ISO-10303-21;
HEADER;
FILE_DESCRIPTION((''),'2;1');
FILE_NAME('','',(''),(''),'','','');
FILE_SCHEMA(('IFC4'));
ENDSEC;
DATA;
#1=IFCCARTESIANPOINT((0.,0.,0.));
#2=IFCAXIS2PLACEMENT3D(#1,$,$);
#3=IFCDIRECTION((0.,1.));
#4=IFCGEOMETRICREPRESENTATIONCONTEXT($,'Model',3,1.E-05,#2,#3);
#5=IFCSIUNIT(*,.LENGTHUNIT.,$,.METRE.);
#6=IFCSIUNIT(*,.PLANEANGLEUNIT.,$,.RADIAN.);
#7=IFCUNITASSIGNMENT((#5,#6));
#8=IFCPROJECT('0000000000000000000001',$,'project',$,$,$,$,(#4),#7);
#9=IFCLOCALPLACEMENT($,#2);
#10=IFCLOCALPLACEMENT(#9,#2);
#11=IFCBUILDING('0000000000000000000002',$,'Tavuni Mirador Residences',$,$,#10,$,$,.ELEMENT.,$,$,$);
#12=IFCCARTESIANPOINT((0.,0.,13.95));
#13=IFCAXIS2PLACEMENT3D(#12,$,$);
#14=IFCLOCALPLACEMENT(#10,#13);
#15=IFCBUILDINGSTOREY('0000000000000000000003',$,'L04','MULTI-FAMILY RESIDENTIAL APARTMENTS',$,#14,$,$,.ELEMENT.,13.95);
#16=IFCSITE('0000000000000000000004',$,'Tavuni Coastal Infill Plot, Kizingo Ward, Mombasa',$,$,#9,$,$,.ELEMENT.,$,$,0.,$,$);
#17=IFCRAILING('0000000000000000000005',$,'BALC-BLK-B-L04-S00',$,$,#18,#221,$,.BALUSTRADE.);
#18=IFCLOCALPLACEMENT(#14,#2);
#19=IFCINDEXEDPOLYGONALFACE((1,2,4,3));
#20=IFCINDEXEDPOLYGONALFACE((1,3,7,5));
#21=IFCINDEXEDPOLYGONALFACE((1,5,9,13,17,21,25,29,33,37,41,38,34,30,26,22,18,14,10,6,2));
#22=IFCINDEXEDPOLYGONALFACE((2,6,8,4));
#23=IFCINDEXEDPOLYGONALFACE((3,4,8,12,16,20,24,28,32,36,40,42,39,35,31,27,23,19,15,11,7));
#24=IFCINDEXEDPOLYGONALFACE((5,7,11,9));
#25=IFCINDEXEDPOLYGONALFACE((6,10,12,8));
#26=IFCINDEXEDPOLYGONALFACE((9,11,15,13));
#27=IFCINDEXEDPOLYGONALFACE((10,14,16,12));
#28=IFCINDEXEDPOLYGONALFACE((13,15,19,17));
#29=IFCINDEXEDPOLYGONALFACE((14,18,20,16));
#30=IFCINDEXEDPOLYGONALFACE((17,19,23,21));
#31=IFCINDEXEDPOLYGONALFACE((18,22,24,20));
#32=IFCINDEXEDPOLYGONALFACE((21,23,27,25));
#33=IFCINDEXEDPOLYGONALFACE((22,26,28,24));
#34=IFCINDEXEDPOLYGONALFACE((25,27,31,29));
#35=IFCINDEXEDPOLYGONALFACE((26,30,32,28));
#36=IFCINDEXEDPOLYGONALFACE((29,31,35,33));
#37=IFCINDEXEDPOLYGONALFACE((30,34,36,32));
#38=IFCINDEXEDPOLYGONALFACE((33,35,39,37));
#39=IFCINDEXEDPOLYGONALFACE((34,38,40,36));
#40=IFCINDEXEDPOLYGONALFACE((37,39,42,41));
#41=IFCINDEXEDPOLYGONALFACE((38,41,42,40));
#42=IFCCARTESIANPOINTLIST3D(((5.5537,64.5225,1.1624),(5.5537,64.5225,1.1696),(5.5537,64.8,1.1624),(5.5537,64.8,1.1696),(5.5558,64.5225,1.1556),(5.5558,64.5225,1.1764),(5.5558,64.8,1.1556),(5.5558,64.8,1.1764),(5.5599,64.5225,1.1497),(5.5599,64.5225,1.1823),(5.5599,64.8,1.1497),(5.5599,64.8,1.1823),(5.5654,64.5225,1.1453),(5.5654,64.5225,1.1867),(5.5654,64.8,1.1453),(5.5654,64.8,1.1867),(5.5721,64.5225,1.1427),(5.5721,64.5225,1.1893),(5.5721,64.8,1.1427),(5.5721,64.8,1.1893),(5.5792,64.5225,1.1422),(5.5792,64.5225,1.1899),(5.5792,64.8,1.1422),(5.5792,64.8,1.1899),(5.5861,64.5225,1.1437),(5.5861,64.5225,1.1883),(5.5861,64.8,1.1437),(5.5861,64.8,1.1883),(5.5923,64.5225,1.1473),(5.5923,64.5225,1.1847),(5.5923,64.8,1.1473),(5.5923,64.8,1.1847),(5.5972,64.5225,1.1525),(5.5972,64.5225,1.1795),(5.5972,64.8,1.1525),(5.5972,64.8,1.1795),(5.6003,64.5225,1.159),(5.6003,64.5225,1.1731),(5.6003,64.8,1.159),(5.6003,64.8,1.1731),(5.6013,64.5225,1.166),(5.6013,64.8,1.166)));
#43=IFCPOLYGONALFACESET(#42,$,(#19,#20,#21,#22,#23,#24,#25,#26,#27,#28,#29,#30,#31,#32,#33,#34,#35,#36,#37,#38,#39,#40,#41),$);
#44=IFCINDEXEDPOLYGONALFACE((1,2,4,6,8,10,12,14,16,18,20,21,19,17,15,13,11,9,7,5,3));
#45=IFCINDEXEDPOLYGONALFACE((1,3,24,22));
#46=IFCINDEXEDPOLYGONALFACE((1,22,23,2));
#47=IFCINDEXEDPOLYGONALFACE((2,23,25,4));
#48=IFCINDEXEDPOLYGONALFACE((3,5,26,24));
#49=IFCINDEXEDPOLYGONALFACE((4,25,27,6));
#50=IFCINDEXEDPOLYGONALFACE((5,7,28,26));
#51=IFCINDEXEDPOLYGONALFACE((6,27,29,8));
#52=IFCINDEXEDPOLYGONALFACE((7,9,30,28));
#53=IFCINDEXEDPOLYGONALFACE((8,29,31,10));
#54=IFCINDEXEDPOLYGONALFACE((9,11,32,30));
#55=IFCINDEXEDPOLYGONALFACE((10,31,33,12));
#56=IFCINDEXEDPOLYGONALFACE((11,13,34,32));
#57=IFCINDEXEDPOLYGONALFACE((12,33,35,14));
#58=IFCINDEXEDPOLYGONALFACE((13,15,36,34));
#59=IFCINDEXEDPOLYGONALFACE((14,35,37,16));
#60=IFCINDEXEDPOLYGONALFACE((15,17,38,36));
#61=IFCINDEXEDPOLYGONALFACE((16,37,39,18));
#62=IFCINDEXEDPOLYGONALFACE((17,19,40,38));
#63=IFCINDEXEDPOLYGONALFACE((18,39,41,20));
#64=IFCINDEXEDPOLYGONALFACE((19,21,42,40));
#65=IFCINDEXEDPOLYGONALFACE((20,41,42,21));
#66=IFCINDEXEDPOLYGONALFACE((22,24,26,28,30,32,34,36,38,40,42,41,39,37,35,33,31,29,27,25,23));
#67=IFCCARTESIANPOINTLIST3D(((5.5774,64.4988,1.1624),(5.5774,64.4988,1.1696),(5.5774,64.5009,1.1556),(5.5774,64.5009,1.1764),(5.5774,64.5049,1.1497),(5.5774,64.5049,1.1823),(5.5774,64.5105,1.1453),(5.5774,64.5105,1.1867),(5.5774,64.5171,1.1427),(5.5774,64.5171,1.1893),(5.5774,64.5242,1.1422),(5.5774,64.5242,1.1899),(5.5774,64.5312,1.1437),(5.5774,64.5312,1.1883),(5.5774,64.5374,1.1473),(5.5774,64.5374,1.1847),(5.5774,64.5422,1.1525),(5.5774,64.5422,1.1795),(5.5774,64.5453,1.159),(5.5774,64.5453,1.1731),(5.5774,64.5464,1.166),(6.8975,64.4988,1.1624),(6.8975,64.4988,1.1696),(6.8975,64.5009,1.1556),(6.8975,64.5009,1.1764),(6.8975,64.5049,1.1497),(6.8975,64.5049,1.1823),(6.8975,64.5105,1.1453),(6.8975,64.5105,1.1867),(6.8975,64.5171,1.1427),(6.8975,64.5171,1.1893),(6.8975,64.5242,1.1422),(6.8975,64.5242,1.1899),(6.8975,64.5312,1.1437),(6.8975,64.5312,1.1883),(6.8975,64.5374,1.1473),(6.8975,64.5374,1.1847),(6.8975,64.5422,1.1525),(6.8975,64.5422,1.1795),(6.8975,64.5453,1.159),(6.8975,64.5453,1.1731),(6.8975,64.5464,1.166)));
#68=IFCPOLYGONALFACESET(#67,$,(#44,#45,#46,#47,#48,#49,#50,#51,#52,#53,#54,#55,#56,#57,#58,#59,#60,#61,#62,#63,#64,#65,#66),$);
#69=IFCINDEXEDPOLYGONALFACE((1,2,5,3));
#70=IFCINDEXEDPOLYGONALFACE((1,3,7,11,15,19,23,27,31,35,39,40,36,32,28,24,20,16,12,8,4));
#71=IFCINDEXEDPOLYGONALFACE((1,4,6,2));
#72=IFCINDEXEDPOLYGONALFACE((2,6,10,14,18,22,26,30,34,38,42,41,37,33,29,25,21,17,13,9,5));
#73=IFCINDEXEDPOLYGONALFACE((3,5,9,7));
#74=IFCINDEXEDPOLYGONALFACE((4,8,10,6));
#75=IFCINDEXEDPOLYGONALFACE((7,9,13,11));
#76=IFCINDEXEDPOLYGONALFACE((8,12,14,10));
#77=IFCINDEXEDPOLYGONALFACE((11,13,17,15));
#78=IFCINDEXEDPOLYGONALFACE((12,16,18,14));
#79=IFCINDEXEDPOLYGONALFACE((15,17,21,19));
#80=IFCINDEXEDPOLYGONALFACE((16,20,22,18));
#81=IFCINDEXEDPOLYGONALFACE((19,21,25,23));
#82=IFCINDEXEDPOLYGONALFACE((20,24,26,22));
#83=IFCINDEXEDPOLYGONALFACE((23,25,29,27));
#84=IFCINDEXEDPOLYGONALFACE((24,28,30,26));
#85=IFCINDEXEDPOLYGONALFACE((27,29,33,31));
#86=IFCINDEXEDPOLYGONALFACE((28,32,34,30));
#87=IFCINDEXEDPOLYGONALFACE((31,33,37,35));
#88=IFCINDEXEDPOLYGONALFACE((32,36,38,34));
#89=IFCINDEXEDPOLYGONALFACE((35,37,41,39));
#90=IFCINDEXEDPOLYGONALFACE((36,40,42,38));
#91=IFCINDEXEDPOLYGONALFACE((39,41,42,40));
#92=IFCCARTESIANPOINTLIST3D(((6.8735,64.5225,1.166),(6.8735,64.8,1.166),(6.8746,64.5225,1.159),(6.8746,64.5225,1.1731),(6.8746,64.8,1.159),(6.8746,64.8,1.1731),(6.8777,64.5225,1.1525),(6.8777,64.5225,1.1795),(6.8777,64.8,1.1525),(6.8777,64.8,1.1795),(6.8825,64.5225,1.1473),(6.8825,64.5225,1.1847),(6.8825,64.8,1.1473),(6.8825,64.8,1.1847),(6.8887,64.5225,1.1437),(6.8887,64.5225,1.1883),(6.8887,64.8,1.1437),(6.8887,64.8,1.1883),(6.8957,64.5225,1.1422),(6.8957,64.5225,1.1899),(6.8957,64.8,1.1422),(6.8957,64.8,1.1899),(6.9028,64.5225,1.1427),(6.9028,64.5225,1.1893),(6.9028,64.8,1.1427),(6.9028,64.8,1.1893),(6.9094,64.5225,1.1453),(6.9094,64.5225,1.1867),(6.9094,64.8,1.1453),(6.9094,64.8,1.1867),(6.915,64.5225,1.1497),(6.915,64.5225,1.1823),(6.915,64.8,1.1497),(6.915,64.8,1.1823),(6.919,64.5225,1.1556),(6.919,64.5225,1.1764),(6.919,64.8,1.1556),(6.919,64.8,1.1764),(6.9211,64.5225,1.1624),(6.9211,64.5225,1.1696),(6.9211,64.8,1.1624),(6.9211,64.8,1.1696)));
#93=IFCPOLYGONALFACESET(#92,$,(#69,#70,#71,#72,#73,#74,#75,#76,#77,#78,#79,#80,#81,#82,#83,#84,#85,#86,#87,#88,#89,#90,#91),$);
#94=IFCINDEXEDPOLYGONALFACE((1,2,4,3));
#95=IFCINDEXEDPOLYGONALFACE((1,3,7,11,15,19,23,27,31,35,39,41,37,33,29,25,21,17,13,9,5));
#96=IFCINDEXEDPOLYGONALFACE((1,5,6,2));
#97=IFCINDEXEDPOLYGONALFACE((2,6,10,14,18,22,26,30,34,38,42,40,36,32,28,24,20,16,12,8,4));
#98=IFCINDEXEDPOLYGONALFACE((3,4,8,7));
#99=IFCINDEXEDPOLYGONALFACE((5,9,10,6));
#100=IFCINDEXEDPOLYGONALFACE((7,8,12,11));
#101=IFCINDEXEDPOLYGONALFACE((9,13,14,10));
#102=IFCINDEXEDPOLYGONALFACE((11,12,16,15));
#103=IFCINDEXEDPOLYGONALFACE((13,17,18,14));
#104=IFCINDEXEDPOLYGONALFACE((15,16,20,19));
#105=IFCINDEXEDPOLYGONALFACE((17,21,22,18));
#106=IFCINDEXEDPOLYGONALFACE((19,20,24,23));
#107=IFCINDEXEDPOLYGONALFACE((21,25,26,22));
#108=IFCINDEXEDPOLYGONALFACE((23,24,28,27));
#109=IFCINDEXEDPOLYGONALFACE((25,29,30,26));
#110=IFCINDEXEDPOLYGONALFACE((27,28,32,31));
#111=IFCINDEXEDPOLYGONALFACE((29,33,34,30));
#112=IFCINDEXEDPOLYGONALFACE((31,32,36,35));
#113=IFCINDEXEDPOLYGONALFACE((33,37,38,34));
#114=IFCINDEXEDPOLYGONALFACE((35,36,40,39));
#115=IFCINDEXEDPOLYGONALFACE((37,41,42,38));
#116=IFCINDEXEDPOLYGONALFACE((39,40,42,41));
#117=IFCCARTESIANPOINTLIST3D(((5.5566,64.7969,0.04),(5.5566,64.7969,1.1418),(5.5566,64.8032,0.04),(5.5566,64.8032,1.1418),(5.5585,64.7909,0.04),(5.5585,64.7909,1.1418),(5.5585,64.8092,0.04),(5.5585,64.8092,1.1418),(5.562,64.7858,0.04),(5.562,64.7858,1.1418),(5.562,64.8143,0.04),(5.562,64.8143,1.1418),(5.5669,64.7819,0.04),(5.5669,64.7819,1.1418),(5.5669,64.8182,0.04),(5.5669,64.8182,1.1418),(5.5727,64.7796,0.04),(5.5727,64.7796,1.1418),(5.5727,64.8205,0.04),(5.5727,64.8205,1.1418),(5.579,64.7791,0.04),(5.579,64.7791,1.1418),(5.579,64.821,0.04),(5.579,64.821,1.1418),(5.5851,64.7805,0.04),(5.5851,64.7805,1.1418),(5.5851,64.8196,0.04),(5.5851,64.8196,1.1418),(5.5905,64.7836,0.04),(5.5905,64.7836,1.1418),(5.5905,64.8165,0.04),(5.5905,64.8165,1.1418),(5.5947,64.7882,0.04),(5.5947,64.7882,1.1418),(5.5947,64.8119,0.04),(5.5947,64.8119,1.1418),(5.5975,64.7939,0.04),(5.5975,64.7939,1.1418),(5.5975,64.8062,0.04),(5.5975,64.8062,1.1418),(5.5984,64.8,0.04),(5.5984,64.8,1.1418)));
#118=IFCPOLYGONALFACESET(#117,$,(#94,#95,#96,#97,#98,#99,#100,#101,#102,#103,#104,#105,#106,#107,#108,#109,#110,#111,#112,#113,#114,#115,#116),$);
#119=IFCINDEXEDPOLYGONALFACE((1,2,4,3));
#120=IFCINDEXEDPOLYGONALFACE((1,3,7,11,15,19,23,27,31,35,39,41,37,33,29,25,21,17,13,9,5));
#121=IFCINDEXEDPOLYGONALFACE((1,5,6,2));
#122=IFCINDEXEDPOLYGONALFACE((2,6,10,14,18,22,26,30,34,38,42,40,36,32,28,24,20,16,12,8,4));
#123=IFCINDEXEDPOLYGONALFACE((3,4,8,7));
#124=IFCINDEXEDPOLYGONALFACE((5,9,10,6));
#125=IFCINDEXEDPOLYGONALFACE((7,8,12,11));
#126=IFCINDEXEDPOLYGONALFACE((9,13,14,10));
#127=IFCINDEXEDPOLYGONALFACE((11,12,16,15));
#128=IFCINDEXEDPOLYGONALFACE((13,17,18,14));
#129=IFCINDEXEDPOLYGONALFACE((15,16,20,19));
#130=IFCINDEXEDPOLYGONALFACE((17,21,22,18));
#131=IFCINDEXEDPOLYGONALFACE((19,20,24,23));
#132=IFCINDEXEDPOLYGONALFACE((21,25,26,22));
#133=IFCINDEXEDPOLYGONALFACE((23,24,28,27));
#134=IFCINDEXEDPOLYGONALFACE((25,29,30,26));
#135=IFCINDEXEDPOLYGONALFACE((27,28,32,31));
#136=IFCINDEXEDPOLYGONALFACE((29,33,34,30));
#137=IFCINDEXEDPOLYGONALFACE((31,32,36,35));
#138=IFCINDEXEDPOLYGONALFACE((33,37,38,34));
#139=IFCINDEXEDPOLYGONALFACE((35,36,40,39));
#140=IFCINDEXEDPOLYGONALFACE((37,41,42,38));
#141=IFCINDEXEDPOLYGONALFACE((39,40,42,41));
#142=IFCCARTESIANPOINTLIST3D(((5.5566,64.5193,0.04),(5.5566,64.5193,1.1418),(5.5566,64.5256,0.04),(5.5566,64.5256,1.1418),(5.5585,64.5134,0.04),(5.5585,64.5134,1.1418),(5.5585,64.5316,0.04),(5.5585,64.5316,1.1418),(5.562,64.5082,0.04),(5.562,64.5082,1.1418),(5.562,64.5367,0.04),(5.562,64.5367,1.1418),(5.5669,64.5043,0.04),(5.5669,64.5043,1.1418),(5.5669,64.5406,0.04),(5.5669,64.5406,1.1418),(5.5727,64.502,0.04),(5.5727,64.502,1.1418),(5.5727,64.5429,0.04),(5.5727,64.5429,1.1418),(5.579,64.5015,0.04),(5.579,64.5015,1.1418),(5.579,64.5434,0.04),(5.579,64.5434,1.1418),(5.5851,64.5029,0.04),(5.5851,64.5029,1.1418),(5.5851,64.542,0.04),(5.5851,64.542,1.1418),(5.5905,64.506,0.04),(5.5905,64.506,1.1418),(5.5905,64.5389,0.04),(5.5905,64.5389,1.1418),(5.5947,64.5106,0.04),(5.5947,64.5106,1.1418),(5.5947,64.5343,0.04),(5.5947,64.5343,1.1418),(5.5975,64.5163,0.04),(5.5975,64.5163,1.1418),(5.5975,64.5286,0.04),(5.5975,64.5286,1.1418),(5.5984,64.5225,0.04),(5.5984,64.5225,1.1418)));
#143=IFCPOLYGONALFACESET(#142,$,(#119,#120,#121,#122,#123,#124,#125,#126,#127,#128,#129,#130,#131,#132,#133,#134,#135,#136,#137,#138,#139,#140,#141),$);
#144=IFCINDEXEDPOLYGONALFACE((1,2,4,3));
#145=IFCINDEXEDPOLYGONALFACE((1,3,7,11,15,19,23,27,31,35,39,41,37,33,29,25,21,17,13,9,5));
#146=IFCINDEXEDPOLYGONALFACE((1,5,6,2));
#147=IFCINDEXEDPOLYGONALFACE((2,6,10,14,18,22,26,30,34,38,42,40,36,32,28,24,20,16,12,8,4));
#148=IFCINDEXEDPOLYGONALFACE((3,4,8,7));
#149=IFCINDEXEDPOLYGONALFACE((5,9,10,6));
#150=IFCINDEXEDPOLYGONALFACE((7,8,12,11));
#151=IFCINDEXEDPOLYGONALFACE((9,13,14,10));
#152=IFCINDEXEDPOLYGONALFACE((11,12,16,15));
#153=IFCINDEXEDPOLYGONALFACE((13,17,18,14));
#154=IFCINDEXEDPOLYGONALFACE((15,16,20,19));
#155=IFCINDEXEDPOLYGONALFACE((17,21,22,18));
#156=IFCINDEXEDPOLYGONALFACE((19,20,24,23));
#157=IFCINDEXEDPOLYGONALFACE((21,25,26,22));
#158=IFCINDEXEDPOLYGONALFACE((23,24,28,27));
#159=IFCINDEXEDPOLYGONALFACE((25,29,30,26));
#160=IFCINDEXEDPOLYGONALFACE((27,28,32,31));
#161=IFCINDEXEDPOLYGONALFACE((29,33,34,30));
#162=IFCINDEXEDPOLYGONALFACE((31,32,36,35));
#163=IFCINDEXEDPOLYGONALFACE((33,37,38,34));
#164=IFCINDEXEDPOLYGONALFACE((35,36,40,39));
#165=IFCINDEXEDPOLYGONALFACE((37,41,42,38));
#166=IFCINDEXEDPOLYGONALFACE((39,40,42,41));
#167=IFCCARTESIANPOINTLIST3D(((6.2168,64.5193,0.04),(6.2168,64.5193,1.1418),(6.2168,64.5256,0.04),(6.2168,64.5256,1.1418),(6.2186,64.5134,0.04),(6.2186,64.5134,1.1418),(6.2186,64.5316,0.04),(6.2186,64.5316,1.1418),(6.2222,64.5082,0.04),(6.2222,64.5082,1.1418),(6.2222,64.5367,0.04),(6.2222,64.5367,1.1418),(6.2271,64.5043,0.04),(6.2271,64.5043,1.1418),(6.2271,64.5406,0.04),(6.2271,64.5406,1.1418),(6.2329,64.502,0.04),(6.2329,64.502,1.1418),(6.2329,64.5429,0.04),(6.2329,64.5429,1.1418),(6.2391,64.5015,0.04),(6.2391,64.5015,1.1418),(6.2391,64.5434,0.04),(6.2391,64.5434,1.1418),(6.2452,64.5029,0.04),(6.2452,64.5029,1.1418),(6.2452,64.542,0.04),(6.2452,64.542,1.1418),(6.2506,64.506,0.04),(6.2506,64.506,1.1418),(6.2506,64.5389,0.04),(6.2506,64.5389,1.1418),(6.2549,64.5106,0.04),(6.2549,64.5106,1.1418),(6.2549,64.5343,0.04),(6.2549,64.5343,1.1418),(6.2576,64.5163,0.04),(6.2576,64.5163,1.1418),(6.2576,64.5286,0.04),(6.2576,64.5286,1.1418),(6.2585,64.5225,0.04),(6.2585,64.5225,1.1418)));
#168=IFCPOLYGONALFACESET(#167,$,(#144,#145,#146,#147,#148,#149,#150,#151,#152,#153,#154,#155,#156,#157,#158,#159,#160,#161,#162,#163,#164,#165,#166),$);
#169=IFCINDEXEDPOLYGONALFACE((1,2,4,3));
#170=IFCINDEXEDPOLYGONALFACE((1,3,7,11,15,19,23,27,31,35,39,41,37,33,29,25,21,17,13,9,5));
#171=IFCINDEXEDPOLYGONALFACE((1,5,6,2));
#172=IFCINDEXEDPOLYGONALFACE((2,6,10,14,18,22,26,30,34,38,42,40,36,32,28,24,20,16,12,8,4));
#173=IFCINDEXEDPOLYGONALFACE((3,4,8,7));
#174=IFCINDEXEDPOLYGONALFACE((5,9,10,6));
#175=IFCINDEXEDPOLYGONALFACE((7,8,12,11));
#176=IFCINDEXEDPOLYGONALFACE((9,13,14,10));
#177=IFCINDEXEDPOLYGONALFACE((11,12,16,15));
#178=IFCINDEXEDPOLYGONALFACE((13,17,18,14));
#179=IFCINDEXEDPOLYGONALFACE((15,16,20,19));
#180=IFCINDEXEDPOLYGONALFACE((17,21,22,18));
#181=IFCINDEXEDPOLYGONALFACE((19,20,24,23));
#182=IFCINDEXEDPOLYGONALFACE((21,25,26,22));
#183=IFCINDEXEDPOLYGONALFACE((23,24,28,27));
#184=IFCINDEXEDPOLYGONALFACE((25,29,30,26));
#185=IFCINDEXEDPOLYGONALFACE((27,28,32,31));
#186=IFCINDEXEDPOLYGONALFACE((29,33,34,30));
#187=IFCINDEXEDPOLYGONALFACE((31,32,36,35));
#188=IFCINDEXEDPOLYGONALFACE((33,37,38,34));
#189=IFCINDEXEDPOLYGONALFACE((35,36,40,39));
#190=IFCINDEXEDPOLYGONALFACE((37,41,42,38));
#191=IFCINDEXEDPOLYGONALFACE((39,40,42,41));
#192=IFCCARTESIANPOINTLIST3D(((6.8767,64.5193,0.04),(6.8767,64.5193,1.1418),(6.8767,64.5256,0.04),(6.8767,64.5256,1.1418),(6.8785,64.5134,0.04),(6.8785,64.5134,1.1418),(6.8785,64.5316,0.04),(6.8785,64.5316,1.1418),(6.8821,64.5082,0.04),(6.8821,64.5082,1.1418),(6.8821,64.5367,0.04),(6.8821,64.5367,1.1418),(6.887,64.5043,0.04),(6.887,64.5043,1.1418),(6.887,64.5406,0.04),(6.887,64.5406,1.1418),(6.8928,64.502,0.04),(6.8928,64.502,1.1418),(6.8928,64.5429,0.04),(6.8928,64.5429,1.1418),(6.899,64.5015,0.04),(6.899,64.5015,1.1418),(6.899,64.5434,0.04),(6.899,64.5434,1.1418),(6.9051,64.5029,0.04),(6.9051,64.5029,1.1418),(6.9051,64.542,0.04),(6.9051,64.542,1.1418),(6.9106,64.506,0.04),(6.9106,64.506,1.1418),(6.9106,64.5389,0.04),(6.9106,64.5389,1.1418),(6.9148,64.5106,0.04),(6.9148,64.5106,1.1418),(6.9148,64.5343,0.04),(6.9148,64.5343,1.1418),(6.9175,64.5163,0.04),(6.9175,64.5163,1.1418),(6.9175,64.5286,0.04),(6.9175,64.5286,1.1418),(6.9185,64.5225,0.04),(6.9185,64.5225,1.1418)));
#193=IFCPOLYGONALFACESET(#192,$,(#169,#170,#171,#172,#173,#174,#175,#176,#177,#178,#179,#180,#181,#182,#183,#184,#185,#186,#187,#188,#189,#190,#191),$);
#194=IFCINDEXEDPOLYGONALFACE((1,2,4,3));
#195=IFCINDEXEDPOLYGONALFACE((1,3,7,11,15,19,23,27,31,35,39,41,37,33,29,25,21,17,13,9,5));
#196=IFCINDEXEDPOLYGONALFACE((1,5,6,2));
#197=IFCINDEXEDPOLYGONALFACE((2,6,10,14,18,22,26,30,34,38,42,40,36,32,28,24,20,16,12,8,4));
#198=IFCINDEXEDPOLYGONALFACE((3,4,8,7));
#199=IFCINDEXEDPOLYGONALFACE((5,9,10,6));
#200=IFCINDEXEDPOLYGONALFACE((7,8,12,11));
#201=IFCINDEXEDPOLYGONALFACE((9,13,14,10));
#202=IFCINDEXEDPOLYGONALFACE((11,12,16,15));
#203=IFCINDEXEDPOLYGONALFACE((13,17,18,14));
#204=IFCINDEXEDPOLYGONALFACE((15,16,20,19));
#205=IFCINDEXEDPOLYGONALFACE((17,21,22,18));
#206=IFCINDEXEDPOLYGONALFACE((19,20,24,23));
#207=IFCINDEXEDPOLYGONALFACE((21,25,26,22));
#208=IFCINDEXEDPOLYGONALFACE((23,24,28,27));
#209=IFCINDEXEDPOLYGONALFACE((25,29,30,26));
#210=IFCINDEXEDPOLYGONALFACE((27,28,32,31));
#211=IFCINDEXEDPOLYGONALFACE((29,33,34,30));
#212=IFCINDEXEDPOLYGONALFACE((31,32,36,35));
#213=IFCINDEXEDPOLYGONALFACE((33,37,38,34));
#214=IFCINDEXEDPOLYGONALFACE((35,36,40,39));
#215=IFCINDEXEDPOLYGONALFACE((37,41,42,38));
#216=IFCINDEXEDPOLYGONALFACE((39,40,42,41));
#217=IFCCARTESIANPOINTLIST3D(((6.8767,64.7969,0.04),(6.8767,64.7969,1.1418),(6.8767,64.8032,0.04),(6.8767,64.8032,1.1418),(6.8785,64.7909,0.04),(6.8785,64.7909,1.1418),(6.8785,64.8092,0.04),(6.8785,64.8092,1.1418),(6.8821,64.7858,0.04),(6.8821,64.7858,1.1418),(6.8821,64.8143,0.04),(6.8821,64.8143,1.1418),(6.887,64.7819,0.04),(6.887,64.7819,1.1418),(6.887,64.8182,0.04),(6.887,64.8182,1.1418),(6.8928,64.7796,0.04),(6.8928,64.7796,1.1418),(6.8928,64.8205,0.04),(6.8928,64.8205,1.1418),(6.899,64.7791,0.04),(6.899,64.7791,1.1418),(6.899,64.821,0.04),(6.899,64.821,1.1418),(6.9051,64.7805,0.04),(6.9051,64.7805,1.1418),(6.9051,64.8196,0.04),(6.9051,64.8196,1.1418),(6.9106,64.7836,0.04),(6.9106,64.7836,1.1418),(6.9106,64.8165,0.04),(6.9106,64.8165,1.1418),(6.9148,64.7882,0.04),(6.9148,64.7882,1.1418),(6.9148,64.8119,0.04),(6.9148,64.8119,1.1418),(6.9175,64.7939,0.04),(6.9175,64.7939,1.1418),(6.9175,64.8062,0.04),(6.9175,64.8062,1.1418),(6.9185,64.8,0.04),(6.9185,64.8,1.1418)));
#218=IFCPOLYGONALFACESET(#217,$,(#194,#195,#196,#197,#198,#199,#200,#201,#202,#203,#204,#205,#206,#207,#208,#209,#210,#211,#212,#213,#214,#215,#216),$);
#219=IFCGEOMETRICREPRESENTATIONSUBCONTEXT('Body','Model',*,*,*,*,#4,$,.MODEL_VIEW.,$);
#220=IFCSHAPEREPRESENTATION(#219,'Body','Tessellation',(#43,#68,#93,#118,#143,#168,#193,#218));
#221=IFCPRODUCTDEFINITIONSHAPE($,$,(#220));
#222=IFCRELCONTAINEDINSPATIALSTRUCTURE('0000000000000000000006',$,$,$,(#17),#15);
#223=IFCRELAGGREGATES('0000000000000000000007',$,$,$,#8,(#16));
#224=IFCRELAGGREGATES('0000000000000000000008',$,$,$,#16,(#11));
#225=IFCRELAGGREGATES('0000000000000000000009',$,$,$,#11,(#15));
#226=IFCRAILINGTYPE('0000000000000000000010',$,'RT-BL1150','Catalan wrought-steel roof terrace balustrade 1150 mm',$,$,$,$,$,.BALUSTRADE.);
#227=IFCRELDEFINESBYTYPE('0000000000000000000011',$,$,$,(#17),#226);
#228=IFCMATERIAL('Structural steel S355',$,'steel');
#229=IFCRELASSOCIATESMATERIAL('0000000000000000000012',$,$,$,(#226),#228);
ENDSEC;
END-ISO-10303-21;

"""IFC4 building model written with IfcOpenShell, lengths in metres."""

from ifc_helpers import new_model, si_unit, direction, frame, origin, origin_2d, place, context, subcontext, project, spatial, circle, extrude, material, type_object, element, save


model = new_model("IFC4")

# Units and contexts
model_context = context("Model", 3, precision=1e-05, world=origin(), true_north=direction((0.0, 1.0)))
body_context = subcontext(model_context, "Body", "Model", "MODEL_VIEW")
ifc_project = project(units=[si_unit("LENGTHUNIT", "METRE"), si_unit("PLANEANGLEUNIT", "RADIAN")], contexts=[model_context])

# Site, building, storey
site_placement = place(None, origin())
site = spatial("IfcSite", under=ifc_project, at=site_placement, Name="Tavuni Coastal Infill Plot, Kizingo Ward, Mombasa", CompositionType="ELEMENT", RefElevation=0.0)
building_placement = place(site_placement, origin())
building = spatial("IfcBuilding", under=site, at=building_placement, Name="Tavuni Mirador Residences", CompositionType="ELEMENT")
storey_placement = place(building_placement, frame((0.0, 0.0, 13.95)))
storey = spatial("IfcBuildingStorey", under=building, at=storey_placement, Name="L04", Description="MULTI-FAMILY RESIDENTIAL APARTMENTS", CompositionType="ELEMENT", Elevation=13.95)

# Shared definitions
ifc_material_1 = material(Name="Structural steel S355", Category="steel")

# Railing
railing_type = type_object("IfcRailingType", Name="RT-BL1150", Description="Catalan wrought-steel roof terrace balustrade 1150 mm", PredefinedType="BALUSTRADE", material=ifc_material_1)
railing_placement = place(storey_placement, frame((5.5774, 64.8, 0.04)))
element("IfcRailing", 1, at=railing_placement, inside=storey, type_object=railing_type, Name="BALC-BLK-B-L04-S00", PredefinedType="BALUSTRADE", context=body_context, shape_type="SweptSolid", body=[
    extrude(circle(Radius=0.0239, at=origin_2d()), frame((0.0, 0.0, 1.126), z_axis=(0.0, -1.0, 0.0), x_axis=(1.0, 0.0, 0.0)), (0.0, 0.0, 1.0), 0.2776),
    extrude(circle(Radius=0.0239, at=origin_2d()), frame((0.0, -0.2776, 1.126), z_axis=(1.0, 0.0, 0.0), x_axis=(0.0, 1.0, 0.0)), (0.0, 0.0, 1.0), 1.3201),
    extrude(circle(Radius=0.0239, at=origin_2d()), frame((1.3201, -0.2776, 1.126), z_axis=(0.0, 1.0, 0.0), x_axis=(-1.0, 0.0, 0.0)), (0.0, 0.0, 1.0), 0.2776),
    extrude(circle(Radius=0.021, at=origin_2d()), origin(), (0.0, 0.0, 1.0), 1.1018),
    extrude(circle(Radius=0.021, at=origin_2d()), frame((0.0, -0.2776, 0.0)), (0.0, 0.0, 1.0), 1.1018),
    extrude(circle(Radius=0.021, at=origin_2d()), frame((0.6602, -0.2776, 0.0)), (0.0, 0.0, 1.0), 1.1018),
    extrude(circle(Radius=0.021, at=origin_2d()), frame((1.3201, -0.2776, 0.0)), (0.0, 0.0, 1.0), 1.1018),
    extrude(circle(Radius=0.021, at=origin_2d()), frame((1.3201, 0.0, 0.0)), (0.0, 0.0, 1.0), 1.1018),
])

save(model, "model.ifc")
